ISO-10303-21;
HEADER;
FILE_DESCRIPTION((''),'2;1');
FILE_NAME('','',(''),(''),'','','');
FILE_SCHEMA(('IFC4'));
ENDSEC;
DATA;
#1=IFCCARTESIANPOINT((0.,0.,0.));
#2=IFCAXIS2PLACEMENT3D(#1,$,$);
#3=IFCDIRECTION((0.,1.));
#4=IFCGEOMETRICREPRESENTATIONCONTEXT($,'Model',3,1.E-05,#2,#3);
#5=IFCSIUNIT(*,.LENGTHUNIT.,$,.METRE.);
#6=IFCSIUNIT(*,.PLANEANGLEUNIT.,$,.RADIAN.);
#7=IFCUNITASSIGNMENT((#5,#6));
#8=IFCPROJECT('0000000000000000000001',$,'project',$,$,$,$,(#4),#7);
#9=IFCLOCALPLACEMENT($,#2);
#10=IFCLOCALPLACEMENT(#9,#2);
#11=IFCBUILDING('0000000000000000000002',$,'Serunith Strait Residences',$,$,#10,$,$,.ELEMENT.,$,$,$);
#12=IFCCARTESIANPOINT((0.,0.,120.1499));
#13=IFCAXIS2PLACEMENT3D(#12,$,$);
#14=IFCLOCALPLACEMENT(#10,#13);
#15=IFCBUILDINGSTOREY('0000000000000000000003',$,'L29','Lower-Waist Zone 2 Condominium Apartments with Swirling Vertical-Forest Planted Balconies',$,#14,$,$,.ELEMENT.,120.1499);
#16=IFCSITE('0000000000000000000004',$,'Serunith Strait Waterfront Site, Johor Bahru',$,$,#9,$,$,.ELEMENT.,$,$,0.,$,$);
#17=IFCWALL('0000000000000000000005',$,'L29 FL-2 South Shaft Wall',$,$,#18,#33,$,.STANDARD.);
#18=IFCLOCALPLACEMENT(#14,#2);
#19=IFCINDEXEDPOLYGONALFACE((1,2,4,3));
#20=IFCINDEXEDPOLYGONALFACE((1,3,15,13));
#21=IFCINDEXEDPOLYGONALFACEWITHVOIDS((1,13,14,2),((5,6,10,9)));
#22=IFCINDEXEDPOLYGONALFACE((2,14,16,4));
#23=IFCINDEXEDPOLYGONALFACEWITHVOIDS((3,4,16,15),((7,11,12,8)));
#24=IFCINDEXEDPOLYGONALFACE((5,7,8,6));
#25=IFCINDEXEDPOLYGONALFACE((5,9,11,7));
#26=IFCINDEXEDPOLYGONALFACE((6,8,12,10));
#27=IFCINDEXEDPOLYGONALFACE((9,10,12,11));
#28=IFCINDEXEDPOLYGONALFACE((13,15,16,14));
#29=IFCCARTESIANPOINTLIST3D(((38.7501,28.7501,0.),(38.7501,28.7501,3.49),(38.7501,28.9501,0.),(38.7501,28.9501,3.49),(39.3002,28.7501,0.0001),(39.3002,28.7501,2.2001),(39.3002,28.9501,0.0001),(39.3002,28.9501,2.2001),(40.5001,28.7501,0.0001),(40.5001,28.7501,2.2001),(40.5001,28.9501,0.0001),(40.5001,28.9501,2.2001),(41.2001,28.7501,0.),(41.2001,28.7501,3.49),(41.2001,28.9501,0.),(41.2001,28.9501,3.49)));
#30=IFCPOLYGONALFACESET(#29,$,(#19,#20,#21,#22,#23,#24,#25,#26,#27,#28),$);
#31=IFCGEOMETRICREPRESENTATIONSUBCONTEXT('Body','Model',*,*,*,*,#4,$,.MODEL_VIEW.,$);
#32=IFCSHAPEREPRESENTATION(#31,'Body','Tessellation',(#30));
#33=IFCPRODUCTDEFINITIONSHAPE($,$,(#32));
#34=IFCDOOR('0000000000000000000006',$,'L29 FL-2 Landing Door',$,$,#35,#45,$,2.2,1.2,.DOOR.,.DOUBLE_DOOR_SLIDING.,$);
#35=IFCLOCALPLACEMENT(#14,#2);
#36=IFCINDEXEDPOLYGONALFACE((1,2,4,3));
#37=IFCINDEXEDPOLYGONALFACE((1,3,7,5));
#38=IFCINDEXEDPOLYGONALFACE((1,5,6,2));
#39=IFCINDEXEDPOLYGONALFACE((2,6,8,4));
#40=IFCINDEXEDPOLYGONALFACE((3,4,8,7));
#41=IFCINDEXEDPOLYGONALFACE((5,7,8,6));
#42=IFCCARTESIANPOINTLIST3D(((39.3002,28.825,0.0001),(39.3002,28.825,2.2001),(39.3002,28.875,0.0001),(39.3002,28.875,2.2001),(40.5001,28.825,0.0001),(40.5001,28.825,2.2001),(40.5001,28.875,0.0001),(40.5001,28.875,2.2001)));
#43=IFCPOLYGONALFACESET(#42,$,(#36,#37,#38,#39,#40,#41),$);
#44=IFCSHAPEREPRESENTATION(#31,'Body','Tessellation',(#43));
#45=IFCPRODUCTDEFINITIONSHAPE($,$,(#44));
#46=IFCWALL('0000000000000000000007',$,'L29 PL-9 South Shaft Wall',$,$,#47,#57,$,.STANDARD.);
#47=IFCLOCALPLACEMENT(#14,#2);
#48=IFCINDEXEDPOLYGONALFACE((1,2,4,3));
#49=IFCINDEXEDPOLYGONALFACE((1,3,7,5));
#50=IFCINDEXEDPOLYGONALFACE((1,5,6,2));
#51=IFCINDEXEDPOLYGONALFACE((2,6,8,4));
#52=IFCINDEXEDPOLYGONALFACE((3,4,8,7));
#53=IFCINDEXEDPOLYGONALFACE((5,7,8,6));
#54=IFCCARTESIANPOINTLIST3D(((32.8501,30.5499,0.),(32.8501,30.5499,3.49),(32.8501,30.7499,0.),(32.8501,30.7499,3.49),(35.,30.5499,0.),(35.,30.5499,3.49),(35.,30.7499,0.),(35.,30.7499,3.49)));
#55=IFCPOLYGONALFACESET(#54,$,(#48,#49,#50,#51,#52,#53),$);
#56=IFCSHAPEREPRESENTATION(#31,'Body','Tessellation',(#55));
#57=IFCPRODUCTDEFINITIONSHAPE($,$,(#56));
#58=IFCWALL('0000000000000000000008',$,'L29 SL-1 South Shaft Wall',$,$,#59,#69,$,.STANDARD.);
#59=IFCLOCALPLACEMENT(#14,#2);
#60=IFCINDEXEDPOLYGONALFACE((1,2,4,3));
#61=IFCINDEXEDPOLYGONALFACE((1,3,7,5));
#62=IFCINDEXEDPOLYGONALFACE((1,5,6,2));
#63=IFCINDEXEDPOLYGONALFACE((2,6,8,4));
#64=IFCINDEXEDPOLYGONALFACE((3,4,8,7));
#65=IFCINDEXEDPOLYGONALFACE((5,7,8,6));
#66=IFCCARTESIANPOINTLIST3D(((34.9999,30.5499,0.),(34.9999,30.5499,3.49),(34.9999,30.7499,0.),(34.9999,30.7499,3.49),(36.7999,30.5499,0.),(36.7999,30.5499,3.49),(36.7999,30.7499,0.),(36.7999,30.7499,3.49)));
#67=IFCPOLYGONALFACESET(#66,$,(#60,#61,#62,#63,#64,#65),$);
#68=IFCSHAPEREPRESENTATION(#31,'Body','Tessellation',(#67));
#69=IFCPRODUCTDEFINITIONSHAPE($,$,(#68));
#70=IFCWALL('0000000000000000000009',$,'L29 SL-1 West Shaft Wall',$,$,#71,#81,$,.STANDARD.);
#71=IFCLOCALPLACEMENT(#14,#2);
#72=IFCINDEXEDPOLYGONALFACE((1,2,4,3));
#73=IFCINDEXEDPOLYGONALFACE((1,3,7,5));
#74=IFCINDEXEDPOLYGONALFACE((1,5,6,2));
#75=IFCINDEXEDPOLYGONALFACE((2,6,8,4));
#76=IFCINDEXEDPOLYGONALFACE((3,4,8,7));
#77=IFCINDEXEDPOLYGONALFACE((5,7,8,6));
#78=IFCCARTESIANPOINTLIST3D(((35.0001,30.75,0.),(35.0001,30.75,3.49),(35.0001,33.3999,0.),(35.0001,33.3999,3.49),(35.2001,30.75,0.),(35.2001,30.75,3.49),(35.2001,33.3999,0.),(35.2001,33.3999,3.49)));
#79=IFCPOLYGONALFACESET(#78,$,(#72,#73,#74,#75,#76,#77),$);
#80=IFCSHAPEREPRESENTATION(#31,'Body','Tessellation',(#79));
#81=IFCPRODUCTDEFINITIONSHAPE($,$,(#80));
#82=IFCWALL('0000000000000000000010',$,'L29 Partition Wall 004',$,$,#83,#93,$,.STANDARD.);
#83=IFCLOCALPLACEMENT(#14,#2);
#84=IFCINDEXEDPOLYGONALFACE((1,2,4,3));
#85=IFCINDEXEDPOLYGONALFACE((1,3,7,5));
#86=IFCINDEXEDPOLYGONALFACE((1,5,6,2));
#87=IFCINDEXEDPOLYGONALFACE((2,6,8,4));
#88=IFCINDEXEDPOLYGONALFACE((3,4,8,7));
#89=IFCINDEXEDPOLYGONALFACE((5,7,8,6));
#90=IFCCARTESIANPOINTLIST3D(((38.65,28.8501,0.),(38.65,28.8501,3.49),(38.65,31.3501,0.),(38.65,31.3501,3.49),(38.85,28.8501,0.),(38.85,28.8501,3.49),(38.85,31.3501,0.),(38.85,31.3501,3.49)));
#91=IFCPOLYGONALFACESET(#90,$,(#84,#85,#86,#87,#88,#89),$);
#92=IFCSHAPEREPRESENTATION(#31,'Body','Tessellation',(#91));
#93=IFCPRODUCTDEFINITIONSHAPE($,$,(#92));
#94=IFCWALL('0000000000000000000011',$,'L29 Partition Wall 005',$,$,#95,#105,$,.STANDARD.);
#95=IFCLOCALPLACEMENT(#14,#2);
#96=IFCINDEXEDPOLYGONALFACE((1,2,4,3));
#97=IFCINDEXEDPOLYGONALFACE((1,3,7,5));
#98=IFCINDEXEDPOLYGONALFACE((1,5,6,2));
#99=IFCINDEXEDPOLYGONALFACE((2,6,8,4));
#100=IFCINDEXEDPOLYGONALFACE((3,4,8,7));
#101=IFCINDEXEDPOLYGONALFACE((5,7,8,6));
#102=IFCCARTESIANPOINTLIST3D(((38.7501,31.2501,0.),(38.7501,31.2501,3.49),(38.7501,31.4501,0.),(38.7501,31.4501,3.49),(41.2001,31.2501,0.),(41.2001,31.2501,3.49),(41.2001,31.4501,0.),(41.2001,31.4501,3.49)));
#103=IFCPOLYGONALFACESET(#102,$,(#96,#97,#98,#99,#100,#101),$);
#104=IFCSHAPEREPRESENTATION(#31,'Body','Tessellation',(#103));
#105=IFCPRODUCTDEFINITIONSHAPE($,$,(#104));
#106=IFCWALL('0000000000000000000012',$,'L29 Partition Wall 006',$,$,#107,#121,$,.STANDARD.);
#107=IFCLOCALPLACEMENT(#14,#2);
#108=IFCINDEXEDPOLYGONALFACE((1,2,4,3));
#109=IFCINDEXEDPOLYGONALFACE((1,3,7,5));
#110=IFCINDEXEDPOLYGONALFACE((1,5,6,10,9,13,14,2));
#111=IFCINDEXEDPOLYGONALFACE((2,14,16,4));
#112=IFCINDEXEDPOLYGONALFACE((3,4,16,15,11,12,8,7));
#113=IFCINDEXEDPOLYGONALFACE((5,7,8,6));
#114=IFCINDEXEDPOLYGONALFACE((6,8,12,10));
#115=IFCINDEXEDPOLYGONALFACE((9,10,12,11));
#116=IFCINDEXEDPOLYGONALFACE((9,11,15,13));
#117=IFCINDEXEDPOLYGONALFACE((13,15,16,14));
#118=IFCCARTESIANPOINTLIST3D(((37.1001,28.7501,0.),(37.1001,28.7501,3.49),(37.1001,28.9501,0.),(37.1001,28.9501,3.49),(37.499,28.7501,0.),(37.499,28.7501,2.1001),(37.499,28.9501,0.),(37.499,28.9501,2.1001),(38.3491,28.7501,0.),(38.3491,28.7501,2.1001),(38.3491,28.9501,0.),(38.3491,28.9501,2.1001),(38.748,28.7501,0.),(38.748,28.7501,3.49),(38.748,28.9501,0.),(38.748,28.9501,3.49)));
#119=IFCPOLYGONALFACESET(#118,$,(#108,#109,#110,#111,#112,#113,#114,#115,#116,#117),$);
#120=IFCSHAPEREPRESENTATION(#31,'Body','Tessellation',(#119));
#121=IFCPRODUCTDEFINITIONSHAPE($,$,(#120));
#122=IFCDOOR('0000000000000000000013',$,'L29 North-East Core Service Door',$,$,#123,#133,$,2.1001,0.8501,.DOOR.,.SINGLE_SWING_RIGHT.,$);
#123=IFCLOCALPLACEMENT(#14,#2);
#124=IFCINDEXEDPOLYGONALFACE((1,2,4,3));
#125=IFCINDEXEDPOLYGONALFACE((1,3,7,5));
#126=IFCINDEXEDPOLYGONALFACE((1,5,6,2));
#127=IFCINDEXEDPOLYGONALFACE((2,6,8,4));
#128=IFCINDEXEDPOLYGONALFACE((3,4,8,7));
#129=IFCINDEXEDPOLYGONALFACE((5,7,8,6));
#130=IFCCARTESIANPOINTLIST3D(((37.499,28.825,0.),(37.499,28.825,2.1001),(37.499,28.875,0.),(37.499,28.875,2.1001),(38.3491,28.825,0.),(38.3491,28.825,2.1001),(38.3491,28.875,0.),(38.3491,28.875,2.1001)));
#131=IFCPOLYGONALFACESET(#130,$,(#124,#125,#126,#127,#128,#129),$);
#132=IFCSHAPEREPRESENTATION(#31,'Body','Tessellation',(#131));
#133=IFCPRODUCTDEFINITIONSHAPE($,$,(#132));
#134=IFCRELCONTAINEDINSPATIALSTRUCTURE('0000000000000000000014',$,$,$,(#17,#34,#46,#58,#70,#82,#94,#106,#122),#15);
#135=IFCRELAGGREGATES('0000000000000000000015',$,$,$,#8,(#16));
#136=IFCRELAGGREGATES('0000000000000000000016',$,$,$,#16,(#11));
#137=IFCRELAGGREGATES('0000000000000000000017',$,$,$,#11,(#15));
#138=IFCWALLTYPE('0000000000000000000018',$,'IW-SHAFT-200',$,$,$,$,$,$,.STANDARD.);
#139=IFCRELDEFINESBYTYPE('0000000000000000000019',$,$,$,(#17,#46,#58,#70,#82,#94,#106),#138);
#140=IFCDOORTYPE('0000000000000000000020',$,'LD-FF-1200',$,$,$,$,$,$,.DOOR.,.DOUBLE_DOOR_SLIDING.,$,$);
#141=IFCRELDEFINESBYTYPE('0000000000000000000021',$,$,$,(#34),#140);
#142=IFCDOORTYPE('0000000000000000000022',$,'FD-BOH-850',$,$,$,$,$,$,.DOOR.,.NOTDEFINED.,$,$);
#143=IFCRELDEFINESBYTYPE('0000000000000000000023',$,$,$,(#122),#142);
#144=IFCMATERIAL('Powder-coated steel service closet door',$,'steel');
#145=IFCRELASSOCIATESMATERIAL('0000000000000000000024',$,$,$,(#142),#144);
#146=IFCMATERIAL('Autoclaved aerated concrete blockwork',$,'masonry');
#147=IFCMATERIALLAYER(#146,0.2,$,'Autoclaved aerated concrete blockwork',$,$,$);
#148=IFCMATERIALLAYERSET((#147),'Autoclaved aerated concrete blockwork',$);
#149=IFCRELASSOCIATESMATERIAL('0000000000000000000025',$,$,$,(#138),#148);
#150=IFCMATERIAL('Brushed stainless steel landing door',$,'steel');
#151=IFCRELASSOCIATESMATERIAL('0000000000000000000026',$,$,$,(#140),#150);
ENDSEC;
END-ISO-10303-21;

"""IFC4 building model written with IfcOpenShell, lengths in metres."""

from ifc_helpers import new_model, si_unit, direction, frame, frame_2d, origin, place, context, subcontext, project, spatial, rectangle, extrude, source, transform, mapped, material, layer, layer_set, type_object, element, fill, save


model = new_model("IFC4")

# Units and contexts
model_context = context("Model", 3, precision=1e-05, world=origin(), true_north=direction((0.0, 1.0)))
body_context = subcontext(model_context, "Body", "Model", "MODEL_VIEW")
ifc_project = project(units=[si_unit("LENGTHUNIT", "METRE"), si_unit("PLANEANGLEUNIT", "RADIAN")], contexts=[model_context])

# Site, building, storey
site_placement = place(None, origin())
site = spatial("IfcSite", under=ifc_project, at=site_placement, Name="Serunith Strait Waterfront Site, Johor Bahru", CompositionType="ELEMENT", RefElevation=0.0)
building_placement = place(site_placement, origin())
building = spatial("IfcBuilding", under=site, at=building_placement, Name="Serunith Strait Residences", CompositionType="ELEMENT")
storey_placement = place(building_placement, frame((0.0, 0.0, 120.1499)))
storey = spatial("IfcBuildingStorey", under=building, at=storey_placement, Name="L29", Description="Lower-Waist Zone 2 Condominium Apartments with Swirling Vertical-Forest Planted Balconies", CompositionType="ELEMENT", Elevation=120.1499)

# Shared definitions
ifc_material_1 = material(Name="Powder-coated steel service closet door", Category="steel")
door_type_1 = type_object("IfcDoorType", Name="FD-BOH-850", OperationType="NOTDEFINED", PredefinedType="DOOR", material=ifc_material_1)
shared_shape_1 = source(origin(), body_context, "Body", "SweptSolid", [
    extrude(rectangle(XDim=0.8501, YDim=2.1001, at=frame_2d((0.425, 1.05))), frame((0.0, 0.0249, 0.0), z_axis=(0.0, -1.0, 0.0), x_axis=(1.0, 0.0, 0.0)), (0.0, 0.0, 1.0), 0.05),
])

# Wall, opening, door
ifc_material_2 = material(Name="Autoclaved aerated concrete blockwork", Category="masonry")
ifc_layer_1 = layer(ifc_material_2, 0.2, Name="Autoclaved aerated concrete blockwork")
ifc_layer_set_1 = layer_set([ifc_layer_1], Name="Autoclaved aerated concrete blockwork")
wall_type_1 = type_object("IfcWallType", Name="IW-SHAFT-200", PredefinedType="STANDARD", material=ifc_layer_set_1)
wall_1_placement = place(storey_placement, frame((38.75, 28.8501, 0.0), z_axis=(0.0, 0.0, 1.0), x_axis=(1.0, 0.0, 0.0)))
wall_1 = element("IfcWall", 1, at=wall_1_placement, inside=storey, type_object=wall_type_1, Name="L29 FL-2 South Shaft Wall", PredefinedType="STANDARD", context=body_context, shape_type="SweptSolid", body=[
    extrude(rectangle(XDim=2.45, YDim=0.2, at=frame_2d((1.2251, 0.0))), origin(), (0.0, 0.0, 1.0), 3.49),
])
opening_1_placement = place(wall_1_placement, frame((0.55, 0.0, 0.0)))
opening_1 = element("IfcOpeningElement", 2, at=opening_1_placement, cuts=wall_1, PredefinedType="OPENING", context=body_context, shape_type="SweptSolid", body=[
    extrude(rectangle(XDim=1.2, YDim=2.2, at=frame_2d((0.6001, 1.1001))), frame((0.0, 0.1099, 0.0), z_axis=(0.0, -1.0, 0.0), x_axis=(1.0, 0.0, 0.0)), (0.0, 0.0, 1.0), 0.22),
])
ifc_material_3 = material(Name="Brushed stainless steel landing door", Category="steel")
door_type_2 = type_object("IfcDoorType", Name="LD-FF-1200", OperationType="DOUBLE_DOOR_SLIDING", PredefinedType="DOOR", material=ifc_material_3)
shared_shape_2 = source(origin(), body_context, "Body", "SweptSolid", [
    extrude(rectangle(XDim=1.2, YDim=2.2, at=frame_2d((0.6001, 1.1001))), frame((0.0, 0.0249, 0.0), z_axis=(0.0, -1.0, 0.0), x_axis=(1.0, 0.0, 0.0)), (0.0, 0.0, 1.0), 0.05),
])
door_1_placement = place(opening_1_placement, origin())
door_1 = element("IfcDoor", 3, at=door_1_placement, inside=storey, type_object=door_type_2, Name="L29 FL-2 Landing Door", OperationType="DOUBLE_DOOR_SLIDING", OverallHeight=2.2, OverallWidth=1.2, PredefinedType="DOOR", context=body_context, shape_type="MappedRepresentation", body=[
    mapped(shared_shape_2, transform((0.0, 0.0, 0.0), scale=1.0)),
])
fill(opening_1, door_1)

# Walls
wall_2_placement = place(storey_placement, frame((32.8501, 30.6499, 0.0), z_axis=(0.0, 0.0, 1.0), x_axis=(1.0, 0.0, 0.0)))
element("IfcWall", 4, at=wall_2_placement, inside=storey, type_object=wall_type_1, Name="L29 PL-9 South Shaft Wall", PredefinedType="STANDARD", context=body_context, shape_type="SweptSolid", body=[
    extrude(rectangle(XDim=2.1499, YDim=0.2, at=frame_2d((1.075, 0.0))), origin(), (0.0, 0.0, 1.0), 3.49),
])
wall_3_placement = place(storey_placement, frame((35.0, 30.6499, 0.0), z_axis=(0.0, 0.0, 1.0), x_axis=(1.0, 0.0, 0.0)))
element("IfcWall", 5, at=wall_3_placement, inside=storey, type_object=wall_type_1, Name="L29 SL-1 South Shaft Wall", PredefinedType="STANDARD", context=body_context, shape_type="SweptSolid", body=[
    extrude(rectangle(XDim=1.8, YDim=0.2, at=frame_2d((0.8999, 0.0))), origin(), (0.0, 0.0, 1.0), 3.49),
])
wall_4_placement = place(storey_placement, frame((35.1001, 30.75, 0.0), z_axis=(0.0, 0.0, 1.0), x_axis=(0.0, 1.0, 0.0)))
element("IfcWall", 6, at=wall_4_placement, inside=storey, type_object=wall_type_1, Name="L29 SL-1 West Shaft Wall", PredefinedType="STANDARD", context=body_context, shape_type="SweptSolid", body=[
    extrude(rectangle(XDim=2.6499, YDim=0.2, at=frame_2d((1.325, 0.0))), origin(), (0.0, 0.0, 1.0), 3.49),
])
wall_5_placement = place(storey_placement, frame((38.75, 28.8501, 0.0), z_axis=(0.0, 0.0, 1.0), x_axis=(0.0, 1.0, 0.0)))
element("IfcWall", 7, at=wall_5_placement, inside=storey, type_object=wall_type_1, Name="L29 Partition Wall 004", PredefinedType="STANDARD", context=body_context, shape_type="SweptSolid", body=[
    extrude(rectangle(XDim=2.5, YDim=0.2, at=frame_2d((1.25, 0.0))), origin(), (0.0, 0.0, 1.0), 3.49),
])
wall_6_placement = place(storey_placement, frame((38.75, 31.3501, 0.0), z_axis=(0.0, 0.0, 1.0), x_axis=(1.0, 0.0, 0.0)))
element("IfcWall", 8, at=wall_6_placement, inside=storey, type_object=wall_type_1, Name="L29 Partition Wall 005", PredefinedType="STANDARD", context=body_context, shape_type="SweptSolid", body=[
    extrude(rectangle(XDim=2.45, YDim=0.2, at=frame_2d((1.2251, 0.0))), origin(), (0.0, 0.0, 1.0), 3.49),
])

# Wall, opening, door
wall_7_placement = place(storey_placement, frame((37.1001, 28.8501, 0.0), z_axis=(0.0, 0.0, 1.0), x_axis=(1.0, 0.0, 0.0)))
wall_7 = element("IfcWall", 9, at=wall_7_placement, inside=storey, type_object=wall_type_1, Name="L29 Partition Wall 006", PredefinedType="STANDARD", context=body_context, shape_type="SweptSolid", body=[
    extrude(rectangle(XDim=1.6479, YDim=0.2, at=frame_2d((0.824, 0.0))), origin(), (0.0, 0.0, 1.0), 3.49),
])
opening_2_placement = place(wall_7_placement, frame((0.3989, 0.0, 0.0)))
opening_2 = element("IfcOpeningElement", 10, at=opening_2_placement, cuts=wall_7, PredefinedType="OPENING", context=body_context, shape_type="SweptSolid", body=[
    extrude(rectangle(XDim=0.8501, YDim=2.1001, at=frame_2d((0.425, 1.05))), frame((0.0, 0.1099, 0.0), z_axis=(0.0, -1.0, 0.0), x_axis=(1.0, 0.0, 0.0)), (0.0, 0.0, 1.0), 0.22),
])
door_2_placement = place(opening_2_placement, origin())
door_2 = element("IfcDoor", 11, at=door_2_placement, inside=storey, type_object=door_type_1, Name="L29 North-East Core Service Door", OperationType="SINGLE_SWING_RIGHT", OverallHeight=2.1001, OverallWidth=0.8501, PredefinedType="DOOR", context=body_context, shape_type="MappedRepresentation", body=[
    mapped(shared_shape_1, transform((0.0, 0.0, 0.0), scale=1.0)),
])
fill(opening_2, door_2)

save(model, "model.ifc")
